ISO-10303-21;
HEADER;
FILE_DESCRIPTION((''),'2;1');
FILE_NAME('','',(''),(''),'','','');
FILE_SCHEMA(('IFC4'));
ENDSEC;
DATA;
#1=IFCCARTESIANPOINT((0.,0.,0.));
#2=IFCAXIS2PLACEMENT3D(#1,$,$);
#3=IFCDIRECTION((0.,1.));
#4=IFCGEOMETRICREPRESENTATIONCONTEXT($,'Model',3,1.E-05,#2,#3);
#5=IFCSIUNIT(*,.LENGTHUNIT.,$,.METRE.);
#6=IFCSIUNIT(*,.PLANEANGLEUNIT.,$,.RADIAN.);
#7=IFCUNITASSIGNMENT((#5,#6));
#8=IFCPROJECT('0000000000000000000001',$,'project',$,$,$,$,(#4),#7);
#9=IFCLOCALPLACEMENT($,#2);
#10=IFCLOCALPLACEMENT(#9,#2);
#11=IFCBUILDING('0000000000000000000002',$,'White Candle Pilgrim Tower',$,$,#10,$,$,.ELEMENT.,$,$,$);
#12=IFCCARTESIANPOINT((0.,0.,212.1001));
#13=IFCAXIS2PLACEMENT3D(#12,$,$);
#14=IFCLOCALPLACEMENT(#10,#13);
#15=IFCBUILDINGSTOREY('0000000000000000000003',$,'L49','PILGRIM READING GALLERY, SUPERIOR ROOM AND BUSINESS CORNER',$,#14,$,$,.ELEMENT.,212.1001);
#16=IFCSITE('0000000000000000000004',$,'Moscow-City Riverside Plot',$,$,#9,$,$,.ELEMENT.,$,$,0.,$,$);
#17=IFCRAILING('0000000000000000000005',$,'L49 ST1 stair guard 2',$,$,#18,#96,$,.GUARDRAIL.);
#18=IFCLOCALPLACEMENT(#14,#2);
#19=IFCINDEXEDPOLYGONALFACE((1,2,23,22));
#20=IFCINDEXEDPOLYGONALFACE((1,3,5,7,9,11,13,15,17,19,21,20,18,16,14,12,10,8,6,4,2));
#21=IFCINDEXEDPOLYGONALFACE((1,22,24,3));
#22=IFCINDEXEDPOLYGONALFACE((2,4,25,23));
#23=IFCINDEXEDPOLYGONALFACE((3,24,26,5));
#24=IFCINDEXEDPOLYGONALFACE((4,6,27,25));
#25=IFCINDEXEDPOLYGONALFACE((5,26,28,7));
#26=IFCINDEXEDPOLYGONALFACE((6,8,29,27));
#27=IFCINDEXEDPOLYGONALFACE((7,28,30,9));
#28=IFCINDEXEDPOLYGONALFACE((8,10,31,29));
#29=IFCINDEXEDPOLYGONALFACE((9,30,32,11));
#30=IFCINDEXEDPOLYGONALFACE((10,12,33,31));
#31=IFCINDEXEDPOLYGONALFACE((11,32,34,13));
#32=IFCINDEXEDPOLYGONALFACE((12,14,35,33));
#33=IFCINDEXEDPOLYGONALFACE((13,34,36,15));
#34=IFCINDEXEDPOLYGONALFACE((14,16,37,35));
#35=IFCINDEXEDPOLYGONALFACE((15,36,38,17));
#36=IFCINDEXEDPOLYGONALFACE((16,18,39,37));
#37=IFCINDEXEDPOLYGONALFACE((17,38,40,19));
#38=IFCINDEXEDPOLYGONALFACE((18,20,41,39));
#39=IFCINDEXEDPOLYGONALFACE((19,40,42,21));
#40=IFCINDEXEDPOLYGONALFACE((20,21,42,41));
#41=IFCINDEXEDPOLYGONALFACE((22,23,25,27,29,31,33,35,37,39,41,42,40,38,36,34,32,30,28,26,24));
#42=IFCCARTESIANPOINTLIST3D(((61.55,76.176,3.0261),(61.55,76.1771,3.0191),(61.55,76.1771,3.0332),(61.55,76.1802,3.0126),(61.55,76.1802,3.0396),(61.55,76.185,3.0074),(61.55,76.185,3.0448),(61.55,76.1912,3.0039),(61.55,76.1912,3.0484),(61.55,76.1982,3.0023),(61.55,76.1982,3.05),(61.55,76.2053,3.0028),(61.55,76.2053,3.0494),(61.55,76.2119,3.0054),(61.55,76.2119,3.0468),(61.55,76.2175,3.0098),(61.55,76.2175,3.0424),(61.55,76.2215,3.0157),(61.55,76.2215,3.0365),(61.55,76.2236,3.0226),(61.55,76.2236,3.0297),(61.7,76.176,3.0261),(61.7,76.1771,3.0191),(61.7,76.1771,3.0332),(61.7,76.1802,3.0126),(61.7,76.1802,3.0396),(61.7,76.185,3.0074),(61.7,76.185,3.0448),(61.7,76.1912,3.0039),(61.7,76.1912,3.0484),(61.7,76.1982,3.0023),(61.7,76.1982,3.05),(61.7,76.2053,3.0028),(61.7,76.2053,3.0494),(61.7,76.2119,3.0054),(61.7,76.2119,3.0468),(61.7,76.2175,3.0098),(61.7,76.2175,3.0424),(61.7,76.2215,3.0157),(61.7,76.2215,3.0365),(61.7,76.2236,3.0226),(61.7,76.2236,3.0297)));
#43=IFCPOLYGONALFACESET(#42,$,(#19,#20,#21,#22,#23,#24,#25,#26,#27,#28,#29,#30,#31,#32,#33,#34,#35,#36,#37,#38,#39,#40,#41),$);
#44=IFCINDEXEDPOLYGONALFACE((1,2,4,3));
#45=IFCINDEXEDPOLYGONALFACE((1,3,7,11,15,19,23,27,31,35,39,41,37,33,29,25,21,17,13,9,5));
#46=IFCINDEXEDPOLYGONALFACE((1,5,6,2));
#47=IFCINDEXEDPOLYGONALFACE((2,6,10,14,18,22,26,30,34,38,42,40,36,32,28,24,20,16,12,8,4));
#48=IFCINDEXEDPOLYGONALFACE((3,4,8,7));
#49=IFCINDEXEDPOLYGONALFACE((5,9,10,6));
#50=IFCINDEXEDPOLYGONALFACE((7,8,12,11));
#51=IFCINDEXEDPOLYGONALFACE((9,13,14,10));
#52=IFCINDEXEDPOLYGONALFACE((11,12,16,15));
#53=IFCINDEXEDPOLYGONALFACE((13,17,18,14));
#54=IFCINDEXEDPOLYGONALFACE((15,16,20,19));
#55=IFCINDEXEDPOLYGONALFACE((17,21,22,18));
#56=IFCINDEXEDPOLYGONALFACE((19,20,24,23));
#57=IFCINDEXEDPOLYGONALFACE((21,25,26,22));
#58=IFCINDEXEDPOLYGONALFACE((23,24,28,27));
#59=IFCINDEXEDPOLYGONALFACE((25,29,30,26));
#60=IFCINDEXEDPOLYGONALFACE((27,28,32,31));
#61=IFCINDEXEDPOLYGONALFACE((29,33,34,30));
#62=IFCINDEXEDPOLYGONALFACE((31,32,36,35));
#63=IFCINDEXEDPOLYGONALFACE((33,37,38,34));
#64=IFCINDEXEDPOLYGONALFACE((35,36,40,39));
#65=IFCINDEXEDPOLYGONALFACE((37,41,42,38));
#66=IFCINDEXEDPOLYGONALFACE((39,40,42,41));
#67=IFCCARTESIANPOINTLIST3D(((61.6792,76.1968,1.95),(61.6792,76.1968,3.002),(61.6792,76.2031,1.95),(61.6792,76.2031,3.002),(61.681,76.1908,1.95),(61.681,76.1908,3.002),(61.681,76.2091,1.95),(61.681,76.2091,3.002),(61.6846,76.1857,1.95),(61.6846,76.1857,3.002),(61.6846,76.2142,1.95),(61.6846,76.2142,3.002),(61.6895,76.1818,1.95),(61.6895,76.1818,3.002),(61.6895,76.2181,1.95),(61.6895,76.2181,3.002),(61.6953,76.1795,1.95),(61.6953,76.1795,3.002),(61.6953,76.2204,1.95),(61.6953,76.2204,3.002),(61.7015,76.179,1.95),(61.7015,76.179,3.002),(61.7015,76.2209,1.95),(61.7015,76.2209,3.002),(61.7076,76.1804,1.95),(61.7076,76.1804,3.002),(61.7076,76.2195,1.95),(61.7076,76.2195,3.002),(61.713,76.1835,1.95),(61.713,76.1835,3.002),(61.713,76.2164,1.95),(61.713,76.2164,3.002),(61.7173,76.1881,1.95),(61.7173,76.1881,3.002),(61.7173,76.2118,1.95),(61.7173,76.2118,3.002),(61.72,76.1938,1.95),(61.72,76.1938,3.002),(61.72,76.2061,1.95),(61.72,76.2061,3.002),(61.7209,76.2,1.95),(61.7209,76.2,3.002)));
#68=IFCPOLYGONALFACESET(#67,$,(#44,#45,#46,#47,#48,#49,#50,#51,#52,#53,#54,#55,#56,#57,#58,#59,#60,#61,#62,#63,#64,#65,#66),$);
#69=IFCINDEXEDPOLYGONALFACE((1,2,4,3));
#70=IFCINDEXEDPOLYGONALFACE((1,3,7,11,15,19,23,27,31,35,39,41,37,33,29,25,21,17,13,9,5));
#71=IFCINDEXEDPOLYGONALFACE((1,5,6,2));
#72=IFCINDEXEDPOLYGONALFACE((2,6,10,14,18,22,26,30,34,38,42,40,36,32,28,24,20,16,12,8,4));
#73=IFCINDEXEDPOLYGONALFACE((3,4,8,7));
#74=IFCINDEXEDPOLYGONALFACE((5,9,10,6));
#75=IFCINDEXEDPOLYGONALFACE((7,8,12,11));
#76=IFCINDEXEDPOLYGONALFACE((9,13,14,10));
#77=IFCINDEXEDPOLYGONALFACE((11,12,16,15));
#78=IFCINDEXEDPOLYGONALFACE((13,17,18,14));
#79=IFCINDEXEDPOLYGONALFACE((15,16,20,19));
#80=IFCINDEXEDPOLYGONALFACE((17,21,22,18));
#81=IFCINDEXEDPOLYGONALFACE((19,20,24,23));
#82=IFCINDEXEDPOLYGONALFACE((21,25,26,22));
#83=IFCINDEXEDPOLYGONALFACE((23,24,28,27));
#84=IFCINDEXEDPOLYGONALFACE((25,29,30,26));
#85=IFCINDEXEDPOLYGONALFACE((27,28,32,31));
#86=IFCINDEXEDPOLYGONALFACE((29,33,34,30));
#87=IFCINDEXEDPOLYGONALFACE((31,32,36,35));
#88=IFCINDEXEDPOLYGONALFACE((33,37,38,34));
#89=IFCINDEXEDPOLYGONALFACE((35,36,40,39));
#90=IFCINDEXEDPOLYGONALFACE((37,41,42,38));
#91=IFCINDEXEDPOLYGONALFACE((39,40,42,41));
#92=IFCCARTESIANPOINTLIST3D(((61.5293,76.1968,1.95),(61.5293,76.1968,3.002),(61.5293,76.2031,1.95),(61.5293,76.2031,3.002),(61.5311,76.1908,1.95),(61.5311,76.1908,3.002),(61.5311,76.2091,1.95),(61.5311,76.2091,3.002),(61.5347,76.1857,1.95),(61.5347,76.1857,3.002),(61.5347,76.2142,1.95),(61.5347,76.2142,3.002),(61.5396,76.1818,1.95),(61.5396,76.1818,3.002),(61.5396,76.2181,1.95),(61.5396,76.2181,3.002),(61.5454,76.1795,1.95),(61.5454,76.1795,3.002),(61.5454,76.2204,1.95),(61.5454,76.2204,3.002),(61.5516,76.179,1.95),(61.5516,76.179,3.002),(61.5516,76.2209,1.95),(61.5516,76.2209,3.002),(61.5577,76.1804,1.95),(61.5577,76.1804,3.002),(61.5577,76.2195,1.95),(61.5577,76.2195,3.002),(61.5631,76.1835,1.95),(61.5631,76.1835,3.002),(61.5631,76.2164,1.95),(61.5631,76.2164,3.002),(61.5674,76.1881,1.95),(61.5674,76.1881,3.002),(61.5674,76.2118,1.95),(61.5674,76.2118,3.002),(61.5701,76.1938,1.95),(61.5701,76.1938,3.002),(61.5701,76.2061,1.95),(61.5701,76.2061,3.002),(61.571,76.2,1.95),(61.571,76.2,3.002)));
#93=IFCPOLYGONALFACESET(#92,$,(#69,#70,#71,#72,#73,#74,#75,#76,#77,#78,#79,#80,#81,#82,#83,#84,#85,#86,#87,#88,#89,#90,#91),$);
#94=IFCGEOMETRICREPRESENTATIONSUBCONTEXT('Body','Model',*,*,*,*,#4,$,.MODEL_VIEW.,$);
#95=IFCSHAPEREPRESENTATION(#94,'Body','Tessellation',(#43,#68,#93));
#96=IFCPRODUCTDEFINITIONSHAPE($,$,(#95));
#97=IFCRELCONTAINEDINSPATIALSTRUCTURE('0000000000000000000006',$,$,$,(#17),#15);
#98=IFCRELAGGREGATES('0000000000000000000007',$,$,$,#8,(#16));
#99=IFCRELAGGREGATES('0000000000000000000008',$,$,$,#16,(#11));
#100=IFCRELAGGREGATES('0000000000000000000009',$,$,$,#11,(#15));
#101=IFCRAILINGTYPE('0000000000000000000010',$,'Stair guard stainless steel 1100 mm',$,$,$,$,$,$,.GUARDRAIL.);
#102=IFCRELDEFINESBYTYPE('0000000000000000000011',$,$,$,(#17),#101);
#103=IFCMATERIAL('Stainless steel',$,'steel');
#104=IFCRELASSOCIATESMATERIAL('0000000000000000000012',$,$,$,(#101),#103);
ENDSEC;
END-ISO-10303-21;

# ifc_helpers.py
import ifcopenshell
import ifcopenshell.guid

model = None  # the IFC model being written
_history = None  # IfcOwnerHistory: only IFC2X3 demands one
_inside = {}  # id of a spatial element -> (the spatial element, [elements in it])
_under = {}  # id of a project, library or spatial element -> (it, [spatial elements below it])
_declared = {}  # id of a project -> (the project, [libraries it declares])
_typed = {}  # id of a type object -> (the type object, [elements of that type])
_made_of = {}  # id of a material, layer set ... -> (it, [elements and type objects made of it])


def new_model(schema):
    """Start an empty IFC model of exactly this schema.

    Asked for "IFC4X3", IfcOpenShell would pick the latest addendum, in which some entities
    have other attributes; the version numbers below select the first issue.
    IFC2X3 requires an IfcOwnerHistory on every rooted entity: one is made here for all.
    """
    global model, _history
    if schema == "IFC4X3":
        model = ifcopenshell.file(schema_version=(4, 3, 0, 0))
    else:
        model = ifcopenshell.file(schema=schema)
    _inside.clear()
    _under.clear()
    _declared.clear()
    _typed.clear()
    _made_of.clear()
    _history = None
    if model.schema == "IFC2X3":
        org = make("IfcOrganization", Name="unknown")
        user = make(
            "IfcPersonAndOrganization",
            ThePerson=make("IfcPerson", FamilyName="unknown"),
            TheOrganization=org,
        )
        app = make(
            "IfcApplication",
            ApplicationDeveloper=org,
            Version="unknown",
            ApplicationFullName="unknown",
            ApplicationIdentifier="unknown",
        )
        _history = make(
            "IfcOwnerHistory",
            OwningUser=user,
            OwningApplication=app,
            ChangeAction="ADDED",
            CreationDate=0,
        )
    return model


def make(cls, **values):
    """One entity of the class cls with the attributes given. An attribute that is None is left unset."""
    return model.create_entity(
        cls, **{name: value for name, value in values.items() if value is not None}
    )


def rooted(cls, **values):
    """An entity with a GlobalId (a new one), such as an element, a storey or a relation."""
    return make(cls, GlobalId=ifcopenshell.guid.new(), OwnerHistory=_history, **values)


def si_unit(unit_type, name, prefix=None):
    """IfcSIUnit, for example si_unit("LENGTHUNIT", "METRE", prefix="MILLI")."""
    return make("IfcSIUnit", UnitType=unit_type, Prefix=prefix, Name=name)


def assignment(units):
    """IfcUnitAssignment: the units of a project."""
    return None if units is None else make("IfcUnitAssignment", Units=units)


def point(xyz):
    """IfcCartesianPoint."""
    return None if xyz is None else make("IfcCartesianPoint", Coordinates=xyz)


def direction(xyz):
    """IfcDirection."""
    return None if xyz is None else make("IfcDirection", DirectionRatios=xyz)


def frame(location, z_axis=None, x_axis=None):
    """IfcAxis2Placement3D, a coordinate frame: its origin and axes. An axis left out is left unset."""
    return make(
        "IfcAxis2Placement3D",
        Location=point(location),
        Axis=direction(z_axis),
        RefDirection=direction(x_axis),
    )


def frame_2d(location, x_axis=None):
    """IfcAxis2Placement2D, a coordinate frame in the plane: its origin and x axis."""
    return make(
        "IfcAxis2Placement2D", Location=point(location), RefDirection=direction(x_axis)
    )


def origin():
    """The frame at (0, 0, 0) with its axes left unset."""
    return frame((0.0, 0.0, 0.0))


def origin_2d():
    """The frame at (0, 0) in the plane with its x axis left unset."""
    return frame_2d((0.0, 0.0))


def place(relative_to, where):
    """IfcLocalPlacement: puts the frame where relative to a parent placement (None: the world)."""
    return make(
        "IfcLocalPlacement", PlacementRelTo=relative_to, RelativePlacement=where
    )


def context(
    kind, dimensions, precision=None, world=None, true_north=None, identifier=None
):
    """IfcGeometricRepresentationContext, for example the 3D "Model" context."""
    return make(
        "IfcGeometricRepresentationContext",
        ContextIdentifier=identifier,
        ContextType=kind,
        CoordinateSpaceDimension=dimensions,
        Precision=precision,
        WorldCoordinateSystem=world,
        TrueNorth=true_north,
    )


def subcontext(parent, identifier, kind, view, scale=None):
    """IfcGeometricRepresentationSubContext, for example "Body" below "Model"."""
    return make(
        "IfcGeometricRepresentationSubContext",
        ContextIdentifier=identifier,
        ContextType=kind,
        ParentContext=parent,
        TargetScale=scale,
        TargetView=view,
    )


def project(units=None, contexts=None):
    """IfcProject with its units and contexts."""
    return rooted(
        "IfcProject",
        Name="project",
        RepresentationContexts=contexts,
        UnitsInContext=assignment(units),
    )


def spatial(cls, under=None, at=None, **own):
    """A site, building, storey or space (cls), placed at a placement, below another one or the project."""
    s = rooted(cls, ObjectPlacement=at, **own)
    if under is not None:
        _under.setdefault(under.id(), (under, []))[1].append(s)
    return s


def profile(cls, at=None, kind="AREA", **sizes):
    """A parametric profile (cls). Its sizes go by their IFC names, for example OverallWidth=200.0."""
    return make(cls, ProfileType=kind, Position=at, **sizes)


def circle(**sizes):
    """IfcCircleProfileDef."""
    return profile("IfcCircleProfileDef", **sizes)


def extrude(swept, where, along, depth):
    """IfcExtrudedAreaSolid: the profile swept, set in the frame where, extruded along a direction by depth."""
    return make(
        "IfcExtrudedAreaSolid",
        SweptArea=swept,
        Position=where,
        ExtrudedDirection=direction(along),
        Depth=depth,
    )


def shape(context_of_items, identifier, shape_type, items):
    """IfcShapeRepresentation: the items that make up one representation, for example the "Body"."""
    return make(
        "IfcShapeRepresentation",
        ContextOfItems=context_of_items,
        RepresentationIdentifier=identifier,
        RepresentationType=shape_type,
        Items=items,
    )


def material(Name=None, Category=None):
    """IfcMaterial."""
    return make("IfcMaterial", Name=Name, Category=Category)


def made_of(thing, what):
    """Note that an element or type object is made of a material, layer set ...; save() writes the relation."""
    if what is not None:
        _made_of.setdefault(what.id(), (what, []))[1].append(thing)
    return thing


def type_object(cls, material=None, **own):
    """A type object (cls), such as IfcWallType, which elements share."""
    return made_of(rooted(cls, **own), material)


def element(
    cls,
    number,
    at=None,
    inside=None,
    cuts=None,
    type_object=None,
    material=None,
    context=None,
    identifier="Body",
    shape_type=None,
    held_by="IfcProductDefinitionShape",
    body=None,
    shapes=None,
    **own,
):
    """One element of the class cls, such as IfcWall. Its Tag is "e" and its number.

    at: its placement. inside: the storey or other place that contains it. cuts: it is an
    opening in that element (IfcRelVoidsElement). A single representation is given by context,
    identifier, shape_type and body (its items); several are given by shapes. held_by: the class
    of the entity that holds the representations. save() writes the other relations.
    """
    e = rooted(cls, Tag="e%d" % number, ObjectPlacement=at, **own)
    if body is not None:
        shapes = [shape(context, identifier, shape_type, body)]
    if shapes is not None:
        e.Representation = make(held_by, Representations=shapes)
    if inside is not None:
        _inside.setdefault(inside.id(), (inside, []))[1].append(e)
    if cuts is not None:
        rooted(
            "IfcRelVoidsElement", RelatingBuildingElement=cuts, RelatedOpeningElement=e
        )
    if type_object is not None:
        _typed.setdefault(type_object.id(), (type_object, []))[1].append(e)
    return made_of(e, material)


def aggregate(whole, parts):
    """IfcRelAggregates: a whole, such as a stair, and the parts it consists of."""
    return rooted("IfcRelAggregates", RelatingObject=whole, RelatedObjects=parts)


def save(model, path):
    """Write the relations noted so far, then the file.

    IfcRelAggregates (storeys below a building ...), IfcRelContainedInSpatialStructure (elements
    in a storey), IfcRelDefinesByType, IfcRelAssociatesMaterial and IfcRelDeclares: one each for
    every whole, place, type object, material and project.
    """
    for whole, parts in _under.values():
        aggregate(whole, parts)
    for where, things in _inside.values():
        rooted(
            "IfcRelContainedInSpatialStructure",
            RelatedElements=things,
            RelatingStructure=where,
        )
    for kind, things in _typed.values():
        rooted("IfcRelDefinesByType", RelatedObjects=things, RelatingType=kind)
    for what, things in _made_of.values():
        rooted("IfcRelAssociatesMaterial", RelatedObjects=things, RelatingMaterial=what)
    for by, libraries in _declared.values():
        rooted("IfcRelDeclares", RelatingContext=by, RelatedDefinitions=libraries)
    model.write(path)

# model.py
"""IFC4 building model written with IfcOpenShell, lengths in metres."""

from ifc_helpers import new_model, si_unit, direction, frame, origin, origin_2d, place, context, subcontext, project, spatial, circle, extrude, material, type_object, element, save


model = new_model("IFC4")

# Units and contexts
model_context = context("Model", 3, precision=1e-05, world=origin(), true_north=direction((0.0, 1.0)))
body_context = subcontext(model_context, "Body", "Model", "MODEL_VIEW")
ifc_project = project(units=[si_unit("LENGTHUNIT", "METRE"), si_unit("PLANEANGLEUNIT", "RADIAN")], contexts=[model_context])

# Site, building, storey
site_placement = place(None, origin())
site = spatial("IfcSite", under=ifc_project, at=site_placement, Name="Moscow-City Riverside Plot", CompositionType="ELEMENT", RefElevation=0.0)
building_placement = place(site_placement, origin())
building = spatial("IfcBuilding", under=site, at=building_placement, Name="White Candle Pilgrim Tower", CompositionType="ELEMENT")
storey_placement = place(building_placement, frame((0.0, 0.0, 212.1001)))
storey = spatial("IfcBuildingStorey", under=building, at=storey_placement, Name="L49", Description="PILGRIM READING GALLERY, SUPERIOR ROOM AND BUSINESS CORNER", CompositionType="ELEMENT", Elevation=212.1001)

# Shared definitions
ifc_material_1 = material(Name="Stainless steel", Category="steel")

# Railing
railing_type_1 = type_object("IfcRailingType", Name="Stair guard stainless steel 1100 mm", PredefinedType="GUARDRAIL", material=ifc_material_1)
railing_1_placement = place(storey_placement, frame((61.7, 76.2, 1.95)))
element("IfcRailing", 1, at=railing_1_placement, inside=storey, type_object=railing_type_1, Name="L49 ST1 stair guard 2", PredefinedType="GUARDRAIL", context=body_context, shape_type="SweptSolid", body=[
    extrude(circle(Radius=0.0239, at=origin_2d()), frame((0.0, 0.0, 1.0762), z_axis=(-1.0, 0.0, 0.0), x_axis=(0.0, -1.0, 0.0)), (0.0, 0.0, 1.0), 0.1499),
    extrude(circle(Radius=0.021, at=origin_2d()), origin(), (0.0, 0.0, 1.0), 1.052),
    extrude(circle(Radius=0.021, at=origin_2d()), frame((-0.1499, 0.0, 0.0)), (0.0, 0.0, 1.0), 1.052),
])

save(model, "model.ifc")
